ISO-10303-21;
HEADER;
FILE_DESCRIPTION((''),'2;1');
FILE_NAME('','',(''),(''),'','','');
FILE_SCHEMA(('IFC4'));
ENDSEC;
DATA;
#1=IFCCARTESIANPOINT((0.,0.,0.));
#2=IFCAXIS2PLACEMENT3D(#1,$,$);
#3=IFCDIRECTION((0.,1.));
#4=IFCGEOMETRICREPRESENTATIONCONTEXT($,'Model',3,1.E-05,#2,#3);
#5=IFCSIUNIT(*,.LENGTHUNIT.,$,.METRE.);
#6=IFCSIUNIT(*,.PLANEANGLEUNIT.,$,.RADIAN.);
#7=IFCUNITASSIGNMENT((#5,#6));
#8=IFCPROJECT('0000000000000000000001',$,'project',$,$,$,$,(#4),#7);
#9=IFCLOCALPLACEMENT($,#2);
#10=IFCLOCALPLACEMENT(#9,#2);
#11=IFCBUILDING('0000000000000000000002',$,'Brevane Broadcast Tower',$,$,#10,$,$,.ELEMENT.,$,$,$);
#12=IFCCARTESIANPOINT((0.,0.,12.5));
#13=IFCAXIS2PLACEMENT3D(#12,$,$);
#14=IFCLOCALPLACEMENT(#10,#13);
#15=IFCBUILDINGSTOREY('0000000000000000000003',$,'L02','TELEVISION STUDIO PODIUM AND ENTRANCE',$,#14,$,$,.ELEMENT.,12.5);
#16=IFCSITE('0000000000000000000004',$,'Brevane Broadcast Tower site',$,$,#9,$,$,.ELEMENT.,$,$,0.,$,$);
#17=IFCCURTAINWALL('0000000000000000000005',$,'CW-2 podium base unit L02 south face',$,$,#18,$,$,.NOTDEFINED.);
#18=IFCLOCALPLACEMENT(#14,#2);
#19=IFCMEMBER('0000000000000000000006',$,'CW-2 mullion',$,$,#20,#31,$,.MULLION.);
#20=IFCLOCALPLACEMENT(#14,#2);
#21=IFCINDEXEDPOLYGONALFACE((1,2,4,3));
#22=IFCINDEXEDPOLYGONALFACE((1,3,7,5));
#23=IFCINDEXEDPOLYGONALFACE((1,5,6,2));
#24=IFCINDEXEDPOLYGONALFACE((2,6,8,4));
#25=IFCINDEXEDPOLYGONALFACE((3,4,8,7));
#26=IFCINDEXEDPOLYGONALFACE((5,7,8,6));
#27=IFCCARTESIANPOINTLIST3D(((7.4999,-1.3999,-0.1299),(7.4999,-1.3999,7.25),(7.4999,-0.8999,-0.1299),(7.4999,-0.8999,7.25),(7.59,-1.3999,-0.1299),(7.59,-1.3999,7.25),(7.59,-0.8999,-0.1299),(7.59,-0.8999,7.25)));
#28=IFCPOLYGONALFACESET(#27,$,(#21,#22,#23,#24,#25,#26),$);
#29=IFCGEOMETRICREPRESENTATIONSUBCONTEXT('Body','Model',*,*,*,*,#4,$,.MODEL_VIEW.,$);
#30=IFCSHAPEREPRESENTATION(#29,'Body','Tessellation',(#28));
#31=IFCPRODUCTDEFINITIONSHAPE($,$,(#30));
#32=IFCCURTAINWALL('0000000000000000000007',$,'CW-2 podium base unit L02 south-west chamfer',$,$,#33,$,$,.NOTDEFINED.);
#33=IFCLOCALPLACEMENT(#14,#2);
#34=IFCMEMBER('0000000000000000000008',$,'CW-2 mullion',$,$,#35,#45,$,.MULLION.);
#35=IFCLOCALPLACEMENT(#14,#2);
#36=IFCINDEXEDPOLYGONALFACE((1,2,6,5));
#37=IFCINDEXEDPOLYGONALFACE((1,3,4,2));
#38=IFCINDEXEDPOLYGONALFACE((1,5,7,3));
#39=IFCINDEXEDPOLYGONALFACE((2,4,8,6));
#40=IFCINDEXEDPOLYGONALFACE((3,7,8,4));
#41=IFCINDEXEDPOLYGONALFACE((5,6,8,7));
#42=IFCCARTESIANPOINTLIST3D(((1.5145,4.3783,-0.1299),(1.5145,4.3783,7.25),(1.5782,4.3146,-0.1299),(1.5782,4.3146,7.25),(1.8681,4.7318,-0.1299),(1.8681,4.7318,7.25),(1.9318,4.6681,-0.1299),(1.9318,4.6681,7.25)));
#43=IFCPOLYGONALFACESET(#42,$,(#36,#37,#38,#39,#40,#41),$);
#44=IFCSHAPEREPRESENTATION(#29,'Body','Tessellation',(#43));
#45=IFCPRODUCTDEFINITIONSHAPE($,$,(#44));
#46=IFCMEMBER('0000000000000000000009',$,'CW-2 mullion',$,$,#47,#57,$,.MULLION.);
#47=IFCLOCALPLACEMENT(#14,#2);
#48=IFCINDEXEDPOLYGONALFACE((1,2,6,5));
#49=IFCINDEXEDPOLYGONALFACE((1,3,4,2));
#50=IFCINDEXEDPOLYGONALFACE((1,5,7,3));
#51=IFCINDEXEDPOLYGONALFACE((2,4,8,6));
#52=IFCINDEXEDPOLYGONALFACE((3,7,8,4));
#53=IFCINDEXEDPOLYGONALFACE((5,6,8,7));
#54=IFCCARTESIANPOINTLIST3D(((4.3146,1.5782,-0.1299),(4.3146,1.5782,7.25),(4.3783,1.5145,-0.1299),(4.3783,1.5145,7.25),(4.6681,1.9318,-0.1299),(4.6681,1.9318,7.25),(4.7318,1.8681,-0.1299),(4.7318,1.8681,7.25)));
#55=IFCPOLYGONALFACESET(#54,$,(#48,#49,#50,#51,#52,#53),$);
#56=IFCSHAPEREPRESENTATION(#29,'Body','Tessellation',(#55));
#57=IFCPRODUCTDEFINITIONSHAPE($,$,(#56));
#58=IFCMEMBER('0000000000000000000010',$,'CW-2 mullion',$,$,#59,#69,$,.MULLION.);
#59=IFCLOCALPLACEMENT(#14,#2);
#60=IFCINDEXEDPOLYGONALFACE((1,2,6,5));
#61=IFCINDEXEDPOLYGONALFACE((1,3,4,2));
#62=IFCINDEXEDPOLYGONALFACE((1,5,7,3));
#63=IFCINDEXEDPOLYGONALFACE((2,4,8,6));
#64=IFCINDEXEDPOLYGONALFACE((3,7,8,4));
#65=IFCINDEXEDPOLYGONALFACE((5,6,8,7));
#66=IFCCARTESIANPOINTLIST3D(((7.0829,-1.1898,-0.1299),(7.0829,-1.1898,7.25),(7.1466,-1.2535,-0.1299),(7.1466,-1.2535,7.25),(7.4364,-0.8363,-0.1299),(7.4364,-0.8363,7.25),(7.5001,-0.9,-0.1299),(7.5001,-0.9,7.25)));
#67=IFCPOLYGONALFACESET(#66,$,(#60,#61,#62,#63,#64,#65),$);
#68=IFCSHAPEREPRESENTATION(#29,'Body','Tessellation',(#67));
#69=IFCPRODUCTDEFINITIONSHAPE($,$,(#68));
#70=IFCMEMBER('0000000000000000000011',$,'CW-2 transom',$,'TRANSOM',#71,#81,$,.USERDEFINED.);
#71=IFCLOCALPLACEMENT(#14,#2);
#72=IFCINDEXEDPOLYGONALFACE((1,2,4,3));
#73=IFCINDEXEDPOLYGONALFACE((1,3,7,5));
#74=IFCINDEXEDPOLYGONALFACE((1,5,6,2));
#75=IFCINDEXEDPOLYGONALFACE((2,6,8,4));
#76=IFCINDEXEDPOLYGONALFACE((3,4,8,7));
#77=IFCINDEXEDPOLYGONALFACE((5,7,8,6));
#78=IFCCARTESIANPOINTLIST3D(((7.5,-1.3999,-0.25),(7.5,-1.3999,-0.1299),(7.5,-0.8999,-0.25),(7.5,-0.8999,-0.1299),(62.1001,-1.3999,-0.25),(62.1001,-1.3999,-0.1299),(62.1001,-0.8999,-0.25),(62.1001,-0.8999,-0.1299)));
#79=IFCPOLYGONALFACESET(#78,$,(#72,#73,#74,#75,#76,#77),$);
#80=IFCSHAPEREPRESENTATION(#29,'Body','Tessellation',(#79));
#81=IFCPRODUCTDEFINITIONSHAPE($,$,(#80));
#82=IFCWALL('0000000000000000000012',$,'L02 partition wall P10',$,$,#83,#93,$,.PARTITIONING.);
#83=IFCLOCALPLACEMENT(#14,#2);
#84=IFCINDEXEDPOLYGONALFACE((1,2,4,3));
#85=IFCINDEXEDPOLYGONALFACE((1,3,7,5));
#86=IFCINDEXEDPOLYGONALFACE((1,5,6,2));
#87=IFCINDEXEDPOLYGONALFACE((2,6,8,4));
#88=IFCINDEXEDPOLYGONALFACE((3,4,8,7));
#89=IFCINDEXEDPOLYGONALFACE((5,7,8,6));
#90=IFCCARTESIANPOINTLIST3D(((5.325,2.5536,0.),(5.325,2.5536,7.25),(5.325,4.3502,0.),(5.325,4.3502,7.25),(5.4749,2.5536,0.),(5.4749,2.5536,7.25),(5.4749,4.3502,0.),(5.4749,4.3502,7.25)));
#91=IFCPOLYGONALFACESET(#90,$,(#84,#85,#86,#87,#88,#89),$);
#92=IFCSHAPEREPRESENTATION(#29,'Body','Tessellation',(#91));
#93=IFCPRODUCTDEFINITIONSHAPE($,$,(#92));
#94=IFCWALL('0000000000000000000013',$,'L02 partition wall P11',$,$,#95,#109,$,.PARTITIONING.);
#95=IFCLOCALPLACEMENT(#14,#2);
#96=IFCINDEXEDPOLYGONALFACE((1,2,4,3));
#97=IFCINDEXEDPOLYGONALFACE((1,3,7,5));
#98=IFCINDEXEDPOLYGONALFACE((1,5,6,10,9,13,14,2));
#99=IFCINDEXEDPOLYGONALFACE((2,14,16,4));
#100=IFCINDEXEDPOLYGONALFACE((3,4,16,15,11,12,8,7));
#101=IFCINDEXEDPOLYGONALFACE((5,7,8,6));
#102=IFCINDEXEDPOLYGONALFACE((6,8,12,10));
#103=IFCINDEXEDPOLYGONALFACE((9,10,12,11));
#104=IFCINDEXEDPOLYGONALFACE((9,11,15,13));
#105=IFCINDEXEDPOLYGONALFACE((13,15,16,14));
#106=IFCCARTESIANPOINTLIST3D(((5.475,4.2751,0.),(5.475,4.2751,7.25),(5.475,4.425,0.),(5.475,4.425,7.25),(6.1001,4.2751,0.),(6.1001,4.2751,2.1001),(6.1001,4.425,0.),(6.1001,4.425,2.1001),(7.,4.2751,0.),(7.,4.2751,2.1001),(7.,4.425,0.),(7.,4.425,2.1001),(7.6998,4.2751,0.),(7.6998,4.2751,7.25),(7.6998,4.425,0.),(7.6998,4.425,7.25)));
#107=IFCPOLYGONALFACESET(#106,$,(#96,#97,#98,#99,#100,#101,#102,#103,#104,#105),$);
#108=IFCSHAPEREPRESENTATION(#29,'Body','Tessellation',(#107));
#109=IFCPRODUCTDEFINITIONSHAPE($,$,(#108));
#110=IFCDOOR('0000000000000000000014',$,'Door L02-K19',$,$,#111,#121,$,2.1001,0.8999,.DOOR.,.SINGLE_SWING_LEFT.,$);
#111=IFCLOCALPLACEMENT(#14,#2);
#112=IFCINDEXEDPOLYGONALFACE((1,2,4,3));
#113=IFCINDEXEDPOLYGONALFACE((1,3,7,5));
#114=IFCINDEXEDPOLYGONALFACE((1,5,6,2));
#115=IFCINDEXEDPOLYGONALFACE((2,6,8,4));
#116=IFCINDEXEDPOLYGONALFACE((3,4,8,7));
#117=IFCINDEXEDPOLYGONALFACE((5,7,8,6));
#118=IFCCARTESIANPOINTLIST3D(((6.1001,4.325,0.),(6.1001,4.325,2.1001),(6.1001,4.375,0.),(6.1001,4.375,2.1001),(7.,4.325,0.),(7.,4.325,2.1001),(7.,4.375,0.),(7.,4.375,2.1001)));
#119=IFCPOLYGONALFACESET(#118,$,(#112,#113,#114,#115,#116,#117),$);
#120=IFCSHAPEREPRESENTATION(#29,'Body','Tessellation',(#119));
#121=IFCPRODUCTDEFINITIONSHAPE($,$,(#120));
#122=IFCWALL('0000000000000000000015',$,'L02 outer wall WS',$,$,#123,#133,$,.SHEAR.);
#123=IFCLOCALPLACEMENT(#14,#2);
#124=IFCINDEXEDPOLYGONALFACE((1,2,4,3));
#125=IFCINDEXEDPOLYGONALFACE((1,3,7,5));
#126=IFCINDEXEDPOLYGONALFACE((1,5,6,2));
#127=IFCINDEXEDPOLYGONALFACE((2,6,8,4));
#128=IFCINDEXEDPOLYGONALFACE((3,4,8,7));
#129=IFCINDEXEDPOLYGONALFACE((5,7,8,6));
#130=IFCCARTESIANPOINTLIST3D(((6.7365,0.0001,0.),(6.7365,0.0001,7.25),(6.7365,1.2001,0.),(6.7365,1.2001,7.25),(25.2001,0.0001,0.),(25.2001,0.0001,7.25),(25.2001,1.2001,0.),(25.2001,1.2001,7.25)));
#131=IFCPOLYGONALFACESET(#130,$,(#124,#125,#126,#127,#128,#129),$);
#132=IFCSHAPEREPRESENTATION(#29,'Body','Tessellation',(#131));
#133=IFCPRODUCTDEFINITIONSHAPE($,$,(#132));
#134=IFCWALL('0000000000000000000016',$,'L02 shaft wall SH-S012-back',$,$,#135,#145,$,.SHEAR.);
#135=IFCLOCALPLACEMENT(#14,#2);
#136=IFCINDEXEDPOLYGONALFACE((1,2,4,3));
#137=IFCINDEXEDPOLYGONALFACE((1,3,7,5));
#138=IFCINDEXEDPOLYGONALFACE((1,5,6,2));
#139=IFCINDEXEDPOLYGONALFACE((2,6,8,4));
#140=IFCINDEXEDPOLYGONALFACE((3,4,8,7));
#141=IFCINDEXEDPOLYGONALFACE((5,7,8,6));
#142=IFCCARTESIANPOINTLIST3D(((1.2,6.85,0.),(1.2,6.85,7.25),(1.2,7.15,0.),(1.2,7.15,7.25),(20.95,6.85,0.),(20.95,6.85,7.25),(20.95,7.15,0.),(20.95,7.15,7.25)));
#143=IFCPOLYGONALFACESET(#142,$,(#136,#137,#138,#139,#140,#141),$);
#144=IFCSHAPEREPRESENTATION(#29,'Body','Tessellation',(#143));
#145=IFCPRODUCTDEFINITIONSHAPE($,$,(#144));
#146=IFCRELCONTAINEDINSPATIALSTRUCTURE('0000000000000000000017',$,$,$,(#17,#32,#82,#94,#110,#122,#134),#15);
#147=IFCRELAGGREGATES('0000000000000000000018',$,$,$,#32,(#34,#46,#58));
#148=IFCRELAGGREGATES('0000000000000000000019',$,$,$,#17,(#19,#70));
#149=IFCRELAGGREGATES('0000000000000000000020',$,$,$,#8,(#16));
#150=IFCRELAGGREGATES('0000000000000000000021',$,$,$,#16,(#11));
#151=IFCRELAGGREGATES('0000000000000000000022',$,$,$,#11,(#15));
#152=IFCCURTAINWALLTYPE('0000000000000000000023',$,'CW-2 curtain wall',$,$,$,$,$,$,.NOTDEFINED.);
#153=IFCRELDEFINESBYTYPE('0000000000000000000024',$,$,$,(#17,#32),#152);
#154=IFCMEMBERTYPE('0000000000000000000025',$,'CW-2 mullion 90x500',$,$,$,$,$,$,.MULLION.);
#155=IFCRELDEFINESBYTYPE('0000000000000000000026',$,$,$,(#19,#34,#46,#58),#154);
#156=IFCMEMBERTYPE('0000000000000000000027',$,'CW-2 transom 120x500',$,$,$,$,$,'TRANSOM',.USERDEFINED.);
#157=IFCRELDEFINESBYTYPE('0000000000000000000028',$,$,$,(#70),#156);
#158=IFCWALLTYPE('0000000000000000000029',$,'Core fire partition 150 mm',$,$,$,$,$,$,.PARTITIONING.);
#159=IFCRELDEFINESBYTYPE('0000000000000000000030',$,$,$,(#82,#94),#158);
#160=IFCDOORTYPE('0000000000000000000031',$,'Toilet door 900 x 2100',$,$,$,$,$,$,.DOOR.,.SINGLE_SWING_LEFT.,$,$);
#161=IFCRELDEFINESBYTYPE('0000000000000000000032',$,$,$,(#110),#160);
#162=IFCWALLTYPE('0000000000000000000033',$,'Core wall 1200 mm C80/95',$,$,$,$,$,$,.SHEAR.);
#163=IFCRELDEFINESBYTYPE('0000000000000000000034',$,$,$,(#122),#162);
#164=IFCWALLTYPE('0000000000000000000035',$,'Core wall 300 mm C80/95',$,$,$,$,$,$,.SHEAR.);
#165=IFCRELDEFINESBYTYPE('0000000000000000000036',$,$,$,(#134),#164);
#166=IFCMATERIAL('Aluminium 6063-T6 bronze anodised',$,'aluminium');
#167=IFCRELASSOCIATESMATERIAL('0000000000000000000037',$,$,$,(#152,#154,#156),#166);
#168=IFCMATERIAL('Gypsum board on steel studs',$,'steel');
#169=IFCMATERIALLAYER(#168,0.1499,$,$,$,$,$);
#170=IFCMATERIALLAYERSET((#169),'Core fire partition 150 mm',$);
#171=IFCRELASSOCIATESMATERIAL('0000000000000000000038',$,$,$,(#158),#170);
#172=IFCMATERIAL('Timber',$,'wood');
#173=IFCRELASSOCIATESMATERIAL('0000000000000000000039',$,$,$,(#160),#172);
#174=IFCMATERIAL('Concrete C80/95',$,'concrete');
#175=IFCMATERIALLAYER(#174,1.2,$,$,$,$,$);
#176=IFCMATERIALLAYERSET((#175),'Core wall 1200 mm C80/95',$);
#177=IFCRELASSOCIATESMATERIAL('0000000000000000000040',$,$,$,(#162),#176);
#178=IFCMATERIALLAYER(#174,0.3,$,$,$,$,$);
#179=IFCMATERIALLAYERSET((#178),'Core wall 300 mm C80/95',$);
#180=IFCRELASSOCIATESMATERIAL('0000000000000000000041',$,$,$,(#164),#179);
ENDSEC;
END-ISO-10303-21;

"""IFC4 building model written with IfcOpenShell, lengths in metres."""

from ifc_helpers import new_model, si_unit, direction, frame, frame_2d, origin, origin_2d, place, context, subcontext, project, spatial, rectangle, extrude, material, layer, layer_set, material_profile, profile_set, type_object, element, fill, aggregate, save


model = new_model("IFC4")

# Units and contexts
model_context = context("Model", 3, precision=1e-05, world=origin(), true_north=direction((0.0, 1.0)))
body_context = subcontext(model_context, "Body", "Model", "MODEL_VIEW")
ifc_project = project(units=[si_unit("LENGTHUNIT", "METRE"), si_unit("PLANEANGLEUNIT", "RADIAN")], contexts=[model_context])

# Site, building, storey
site_placement = place(None, origin())
site = spatial("IfcSite", under=ifc_project, at=site_placement, Name="Brevane Broadcast Tower site", CompositionType="ELEMENT", RefElevation=0.0)
building_placement = place(site_placement, origin())
building = spatial("IfcBuilding", under=site, at=building_placement, Name="Brevane Broadcast Tower", CompositionType="ELEMENT")
storey_placement = place(building_placement, frame((0.0, 0.0, 12.5)))
storey = spatial("IfcBuildingStorey", under=building, at=storey_placement, Name="L02", Description="TELEVISION STUDIO PODIUM AND ENTRANCE", CompositionType="ELEMENT", Elevation=12.5)

# Curtain wall, member
ifc_material_1 = material(Name="Aluminium 6063-T6 bronze anodised", Category="aluminium")
curtain_wall_type = type_object("IfcCurtainWallType", Name="CW-2 curtain wall", PredefinedType="NOTDEFINED", material=ifc_material_1)
curtain_wall_1_placement = place(storey_placement, origin())
curtain_wall_1 = element("IfcCurtainWall", 1, at=curtain_wall_1_placement, inside=storey, type_object=curtain_wall_type, Name="CW-2 podium base unit L02 south face", PredefinedType="NOTDEFINED")
ifc_material_profile_1 = material_profile(ifc_material_1, rectangle(XDim=0.5, YDim=0.0901, at=origin_2d()), Name="RECT 90x500")
ifc_profile_set_1 = profile_set([ifc_material_profile_1], Name="Aluminium 6063-T6 bronze anodised")
member_type_1 = type_object("IfcMemberType", Name="CW-2 mullion 90x500", PredefinedType="MULLION", material=ifc_profile_set_1)
member_1_placement = place(storey_placement, frame((7.5449, -1.1499, -0.1299), z_axis=(0.0, 0.0, 1.0), x_axis=(0.0, 1.0, 0.0)))
member_1 = element("IfcMember", 2, at=member_1_placement, type_object=member_type_1, Name="CW-2 mullion", PredefinedType="MULLION", context=body_context, shape_type="SweptSolid", body=[
    extrude(rectangle(XDim=0.5, YDim=0.0901, at=origin_2d()), origin(), (0.0, 0.0, 1.0), 7.3799),
])

# Curtain wall, members
curtain_wall_2_placement = place(storey_placement, origin())
curtain_wall_2 = element("IfcCurtainWall", 3, at=curtain_wall_2_placement, inside=storey, type_object=curtain_wall_type, Name="CW-2 podium base unit L02 south-west chamfer", PredefinedType="NOTDEFINED")
member_2_placement = place(storey_placement, frame((1.7231, 4.5232, -0.1299), z_axis=(0.0, 0.0, 1.0), x_axis=(0.707107, 0.707107, 0.0)))
member_2 = element("IfcMember", 4, at=member_2_placement, type_object=member_type_1, Name="CW-2 mullion", PredefinedType="MULLION", context=body_context, shape_type="SweptSolid", body=[
    extrude(rectangle(XDim=0.5, YDim=0.0901, at=origin_2d()), origin(), (0.0, 0.0, 1.0), 7.3799),
])
member_3_placement = place(storey_placement, frame((4.5232, 1.7231, -0.1299), z_axis=(0.0, 0.0, 1.0), x_axis=(0.707107, 0.707107, 0.0)))
member_3 = element("IfcMember", 5, at=member_3_placement, type_object=member_type_1, Name="CW-2 mullion", PredefinedType="MULLION", context=body_context, shape_type="SweptSolid", body=[
    extrude(rectangle(XDim=0.5, YDim=0.0901, at=origin_2d()), origin(), (0.0, 0.0, 1.0), 7.3799),
])
member_4_placement = place(storey_placement, frame((7.2915, -1.0449, -0.1299), z_axis=(0.0, 0.0, 1.0), x_axis=(0.707107, 0.707107, 0.0)))
member_4 = element("IfcMember", 6, at=member_4_placement, type_object=member_type_1, Name="CW-2 mullion", PredefinedType="MULLION", context=body_context, shape_type="SweptSolid", body=[
    extrude(rectangle(XDim=0.5, YDim=0.0901, at=origin_2d()), origin(), (0.0, 0.0, 1.0), 7.3799),
])
aggregate(curtain_wall_2, [member_2, member_3, member_4])

# Member
ifc_material_profile_2 = material_profile(ifc_material_1, rectangle(XDim=0.5, YDim=0.1201, at=origin_2d()), Name="RECT 120x500")
ifc_profile_set_2 = profile_set([ifc_material_profile_2], Name="Aluminium 6063-T6 bronze anodised")
member_type_2 = type_object("IfcMemberType", Name="CW-2 transom 120x500", ElementType="TRANSOM", PredefinedType="USERDEFINED", material=ifc_profile_set_2)
member_5_placement = place(storey_placement, frame((7.5, -1.1499, -0.1899), z_axis=(1.0, 0.0, 0.0), x_axis=(0.0, 1.0, 0.0)))
member_5 = element("IfcMember", 7, at=member_5_placement, type_object=member_type_2, Name="CW-2 transom", ObjectType="TRANSOM", PredefinedType="USERDEFINED", context=body_context, shape_type="SweptSolid", body=[
    extrude(rectangle(XDim=0.5, YDim=0.1201, at=origin_2d()), origin(), (0.0, 0.0, 1.0), 54.6001),
])
aggregate(curtain_wall_1, [member_1, member_5])

# Wall
ifc_material_2 = material(Name="Gypsum board on steel studs", Category="steel")
ifc_layer_1 = layer(ifc_material_2, 0.1499)
ifc_layer_set_1 = layer_set([ifc_layer_1], Name="Core fire partition 150 mm")
wall_type_1 = type_object("IfcWallType", Name="Core fire partition 150 mm", PredefinedType="PARTITIONING", material=ifc_layer_set_1)
wall_1_placement = place(storey_placement, frame((5.3999, 2.5535, 0.0), z_axis=(0.0, 0.0, 1.0), x_axis=(0.0, 1.0, 0.0)))
element("IfcWall", 8, at=wall_1_placement, inside=storey, type_object=wall_type_1, Name="L02 partition wall P10", PredefinedType="PARTITIONING", context=body_context, shape_type="SweptSolid", body=[
    extrude(rectangle(XDim=1.7966, YDim=0.1499, at=frame_2d((0.8984, 0.0))), origin(), (0.0, 0.0, 1.0), 7.25),
])

# Wall, opening, door
wall_2_placement = place(storey_placement, frame((5.4751, 4.3501, 0.0), z_axis=(0.0, 0.0, 1.0), x_axis=(1.0, 0.0, 0.0)))
wall_2 = element("IfcWall", 9, at=wall_2_placement, inside=storey, type_object=wall_type_1, Name="L02 partition wall P11", PredefinedType="PARTITIONING", context=body_context, shape_type="SweptSolid", body=[
    extrude(rectangle(XDim=2.2249, YDim=0.1499, at=frame_2d((1.1123, 0.0))), origin(), (0.0, 0.0, 1.0), 7.25),
])
opening_1_placement = place(wall_2_placement, frame((0.625, 0.0, 0.0)))
opening_1 = element("IfcOpeningElement", 10, at=opening_1_placement, cuts=wall_2, PredefinedType="OPENING", context=body_context, shape_type="SweptSolid", body=[
    extrude(rectangle(XDim=0.8999, YDim=2.1001, at=frame_2d((0.45, 1.05))), frame((0.0, 0.085, 0.0), z_axis=(0.0, -1.0, 0.0), x_axis=(1.0, 0.0, 0.0)), (0.0, 0.0, 1.0), 0.1699),
])
ifc_material_3 = material(Name="Timber", Category="wood")
door_type_1 = type_object("IfcDoorType", Name="Toilet door 900 x 2100", OperationType="SINGLE_SWING_LEFT", PredefinedType="DOOR", material=ifc_material_3)
door_1_placement = place(opening_1_placement, origin())
door_1 = element("IfcDoor", 11, at=door_1_placement, inside=storey, type_object=door_type_1, Name="Door L02-K19", OperationType="SINGLE_SWING_LEFT", OverallHeight=2.1001, OverallWidth=0.8999, PredefinedType="DOOR", context=body_context, shape_type="SweptSolid", body=[
    extrude(rectangle(XDim=0.8999, YDim=2.1001, at=frame_2d((0.45, 1.05))), frame((0.0, 0.0249, 0.0), z_axis=(0.0, -1.0, 0.0), x_axis=(1.0, 0.0, 0.0)), (0.0, 0.0, 1.0), 0.05),
])
fill(opening_1, door_1)

# Walls
ifc_material_4 = material(Name="Concrete C80/95", Category="concrete")
ifc_layer_2 = layer(ifc_material_4, 1.2)
ifc_layer_set_2 = layer_set([ifc_layer_2], Name="Core wall 1200 mm C80/95")
wall_type_2 = type_object("IfcWallType", Name="Core wall 1200 mm C80/95", PredefinedType="SHEAR", material=ifc_layer_set_2)
wall_3_placement = place(storey_placement, frame((6.7363, 0.6001, 0.0), z_axis=(0.0, 0.0, 1.0), x_axis=(1.0, 0.0, 0.0)))
element("IfcWall", 12, at=wall_3_placement, inside=storey, type_object=wall_type_2, Name="L02 outer wall WS", PredefinedType="SHEAR", context=body_context, shape_type="SweptSolid", body=[
    extrude(rectangle(XDim=18.4636, YDim=1.2, at=frame_2d((9.2319, 0.0))), origin(), (0.0, 0.0, 1.0), 7.25),
])
ifc_layer_3 = layer(ifc_material_4, 0.3)
ifc_layer_set_3 = layer_set([ifc_layer_3], Name="Core wall 300 mm C80/95")
wall_type_3 = type_object("IfcWallType", Name="Core wall 300 mm C80/95", PredefinedType="SHEAR", material=ifc_layer_set_3)
wall_4_placement = place(storey_placement, frame((1.2, 7.0, 0.0), z_axis=(0.0, 0.0, 1.0), x_axis=(1.0, 0.0, 0.0)))
element("IfcWall", 13, at=wall_4_placement, inside=storey, type_object=wall_type_3, Name="L02 shaft wall SH-S012-back", PredefinedType="SHEAR", context=body_context, shape_type="SweptSolid", body=[
    extrude(rectangle(XDim=19.75, YDim=0.3, at=frame_2d((9.875, 0.0))), origin(), (0.0, 0.0, 1.0), 7.25),
])

save(model, "model.ifc")
